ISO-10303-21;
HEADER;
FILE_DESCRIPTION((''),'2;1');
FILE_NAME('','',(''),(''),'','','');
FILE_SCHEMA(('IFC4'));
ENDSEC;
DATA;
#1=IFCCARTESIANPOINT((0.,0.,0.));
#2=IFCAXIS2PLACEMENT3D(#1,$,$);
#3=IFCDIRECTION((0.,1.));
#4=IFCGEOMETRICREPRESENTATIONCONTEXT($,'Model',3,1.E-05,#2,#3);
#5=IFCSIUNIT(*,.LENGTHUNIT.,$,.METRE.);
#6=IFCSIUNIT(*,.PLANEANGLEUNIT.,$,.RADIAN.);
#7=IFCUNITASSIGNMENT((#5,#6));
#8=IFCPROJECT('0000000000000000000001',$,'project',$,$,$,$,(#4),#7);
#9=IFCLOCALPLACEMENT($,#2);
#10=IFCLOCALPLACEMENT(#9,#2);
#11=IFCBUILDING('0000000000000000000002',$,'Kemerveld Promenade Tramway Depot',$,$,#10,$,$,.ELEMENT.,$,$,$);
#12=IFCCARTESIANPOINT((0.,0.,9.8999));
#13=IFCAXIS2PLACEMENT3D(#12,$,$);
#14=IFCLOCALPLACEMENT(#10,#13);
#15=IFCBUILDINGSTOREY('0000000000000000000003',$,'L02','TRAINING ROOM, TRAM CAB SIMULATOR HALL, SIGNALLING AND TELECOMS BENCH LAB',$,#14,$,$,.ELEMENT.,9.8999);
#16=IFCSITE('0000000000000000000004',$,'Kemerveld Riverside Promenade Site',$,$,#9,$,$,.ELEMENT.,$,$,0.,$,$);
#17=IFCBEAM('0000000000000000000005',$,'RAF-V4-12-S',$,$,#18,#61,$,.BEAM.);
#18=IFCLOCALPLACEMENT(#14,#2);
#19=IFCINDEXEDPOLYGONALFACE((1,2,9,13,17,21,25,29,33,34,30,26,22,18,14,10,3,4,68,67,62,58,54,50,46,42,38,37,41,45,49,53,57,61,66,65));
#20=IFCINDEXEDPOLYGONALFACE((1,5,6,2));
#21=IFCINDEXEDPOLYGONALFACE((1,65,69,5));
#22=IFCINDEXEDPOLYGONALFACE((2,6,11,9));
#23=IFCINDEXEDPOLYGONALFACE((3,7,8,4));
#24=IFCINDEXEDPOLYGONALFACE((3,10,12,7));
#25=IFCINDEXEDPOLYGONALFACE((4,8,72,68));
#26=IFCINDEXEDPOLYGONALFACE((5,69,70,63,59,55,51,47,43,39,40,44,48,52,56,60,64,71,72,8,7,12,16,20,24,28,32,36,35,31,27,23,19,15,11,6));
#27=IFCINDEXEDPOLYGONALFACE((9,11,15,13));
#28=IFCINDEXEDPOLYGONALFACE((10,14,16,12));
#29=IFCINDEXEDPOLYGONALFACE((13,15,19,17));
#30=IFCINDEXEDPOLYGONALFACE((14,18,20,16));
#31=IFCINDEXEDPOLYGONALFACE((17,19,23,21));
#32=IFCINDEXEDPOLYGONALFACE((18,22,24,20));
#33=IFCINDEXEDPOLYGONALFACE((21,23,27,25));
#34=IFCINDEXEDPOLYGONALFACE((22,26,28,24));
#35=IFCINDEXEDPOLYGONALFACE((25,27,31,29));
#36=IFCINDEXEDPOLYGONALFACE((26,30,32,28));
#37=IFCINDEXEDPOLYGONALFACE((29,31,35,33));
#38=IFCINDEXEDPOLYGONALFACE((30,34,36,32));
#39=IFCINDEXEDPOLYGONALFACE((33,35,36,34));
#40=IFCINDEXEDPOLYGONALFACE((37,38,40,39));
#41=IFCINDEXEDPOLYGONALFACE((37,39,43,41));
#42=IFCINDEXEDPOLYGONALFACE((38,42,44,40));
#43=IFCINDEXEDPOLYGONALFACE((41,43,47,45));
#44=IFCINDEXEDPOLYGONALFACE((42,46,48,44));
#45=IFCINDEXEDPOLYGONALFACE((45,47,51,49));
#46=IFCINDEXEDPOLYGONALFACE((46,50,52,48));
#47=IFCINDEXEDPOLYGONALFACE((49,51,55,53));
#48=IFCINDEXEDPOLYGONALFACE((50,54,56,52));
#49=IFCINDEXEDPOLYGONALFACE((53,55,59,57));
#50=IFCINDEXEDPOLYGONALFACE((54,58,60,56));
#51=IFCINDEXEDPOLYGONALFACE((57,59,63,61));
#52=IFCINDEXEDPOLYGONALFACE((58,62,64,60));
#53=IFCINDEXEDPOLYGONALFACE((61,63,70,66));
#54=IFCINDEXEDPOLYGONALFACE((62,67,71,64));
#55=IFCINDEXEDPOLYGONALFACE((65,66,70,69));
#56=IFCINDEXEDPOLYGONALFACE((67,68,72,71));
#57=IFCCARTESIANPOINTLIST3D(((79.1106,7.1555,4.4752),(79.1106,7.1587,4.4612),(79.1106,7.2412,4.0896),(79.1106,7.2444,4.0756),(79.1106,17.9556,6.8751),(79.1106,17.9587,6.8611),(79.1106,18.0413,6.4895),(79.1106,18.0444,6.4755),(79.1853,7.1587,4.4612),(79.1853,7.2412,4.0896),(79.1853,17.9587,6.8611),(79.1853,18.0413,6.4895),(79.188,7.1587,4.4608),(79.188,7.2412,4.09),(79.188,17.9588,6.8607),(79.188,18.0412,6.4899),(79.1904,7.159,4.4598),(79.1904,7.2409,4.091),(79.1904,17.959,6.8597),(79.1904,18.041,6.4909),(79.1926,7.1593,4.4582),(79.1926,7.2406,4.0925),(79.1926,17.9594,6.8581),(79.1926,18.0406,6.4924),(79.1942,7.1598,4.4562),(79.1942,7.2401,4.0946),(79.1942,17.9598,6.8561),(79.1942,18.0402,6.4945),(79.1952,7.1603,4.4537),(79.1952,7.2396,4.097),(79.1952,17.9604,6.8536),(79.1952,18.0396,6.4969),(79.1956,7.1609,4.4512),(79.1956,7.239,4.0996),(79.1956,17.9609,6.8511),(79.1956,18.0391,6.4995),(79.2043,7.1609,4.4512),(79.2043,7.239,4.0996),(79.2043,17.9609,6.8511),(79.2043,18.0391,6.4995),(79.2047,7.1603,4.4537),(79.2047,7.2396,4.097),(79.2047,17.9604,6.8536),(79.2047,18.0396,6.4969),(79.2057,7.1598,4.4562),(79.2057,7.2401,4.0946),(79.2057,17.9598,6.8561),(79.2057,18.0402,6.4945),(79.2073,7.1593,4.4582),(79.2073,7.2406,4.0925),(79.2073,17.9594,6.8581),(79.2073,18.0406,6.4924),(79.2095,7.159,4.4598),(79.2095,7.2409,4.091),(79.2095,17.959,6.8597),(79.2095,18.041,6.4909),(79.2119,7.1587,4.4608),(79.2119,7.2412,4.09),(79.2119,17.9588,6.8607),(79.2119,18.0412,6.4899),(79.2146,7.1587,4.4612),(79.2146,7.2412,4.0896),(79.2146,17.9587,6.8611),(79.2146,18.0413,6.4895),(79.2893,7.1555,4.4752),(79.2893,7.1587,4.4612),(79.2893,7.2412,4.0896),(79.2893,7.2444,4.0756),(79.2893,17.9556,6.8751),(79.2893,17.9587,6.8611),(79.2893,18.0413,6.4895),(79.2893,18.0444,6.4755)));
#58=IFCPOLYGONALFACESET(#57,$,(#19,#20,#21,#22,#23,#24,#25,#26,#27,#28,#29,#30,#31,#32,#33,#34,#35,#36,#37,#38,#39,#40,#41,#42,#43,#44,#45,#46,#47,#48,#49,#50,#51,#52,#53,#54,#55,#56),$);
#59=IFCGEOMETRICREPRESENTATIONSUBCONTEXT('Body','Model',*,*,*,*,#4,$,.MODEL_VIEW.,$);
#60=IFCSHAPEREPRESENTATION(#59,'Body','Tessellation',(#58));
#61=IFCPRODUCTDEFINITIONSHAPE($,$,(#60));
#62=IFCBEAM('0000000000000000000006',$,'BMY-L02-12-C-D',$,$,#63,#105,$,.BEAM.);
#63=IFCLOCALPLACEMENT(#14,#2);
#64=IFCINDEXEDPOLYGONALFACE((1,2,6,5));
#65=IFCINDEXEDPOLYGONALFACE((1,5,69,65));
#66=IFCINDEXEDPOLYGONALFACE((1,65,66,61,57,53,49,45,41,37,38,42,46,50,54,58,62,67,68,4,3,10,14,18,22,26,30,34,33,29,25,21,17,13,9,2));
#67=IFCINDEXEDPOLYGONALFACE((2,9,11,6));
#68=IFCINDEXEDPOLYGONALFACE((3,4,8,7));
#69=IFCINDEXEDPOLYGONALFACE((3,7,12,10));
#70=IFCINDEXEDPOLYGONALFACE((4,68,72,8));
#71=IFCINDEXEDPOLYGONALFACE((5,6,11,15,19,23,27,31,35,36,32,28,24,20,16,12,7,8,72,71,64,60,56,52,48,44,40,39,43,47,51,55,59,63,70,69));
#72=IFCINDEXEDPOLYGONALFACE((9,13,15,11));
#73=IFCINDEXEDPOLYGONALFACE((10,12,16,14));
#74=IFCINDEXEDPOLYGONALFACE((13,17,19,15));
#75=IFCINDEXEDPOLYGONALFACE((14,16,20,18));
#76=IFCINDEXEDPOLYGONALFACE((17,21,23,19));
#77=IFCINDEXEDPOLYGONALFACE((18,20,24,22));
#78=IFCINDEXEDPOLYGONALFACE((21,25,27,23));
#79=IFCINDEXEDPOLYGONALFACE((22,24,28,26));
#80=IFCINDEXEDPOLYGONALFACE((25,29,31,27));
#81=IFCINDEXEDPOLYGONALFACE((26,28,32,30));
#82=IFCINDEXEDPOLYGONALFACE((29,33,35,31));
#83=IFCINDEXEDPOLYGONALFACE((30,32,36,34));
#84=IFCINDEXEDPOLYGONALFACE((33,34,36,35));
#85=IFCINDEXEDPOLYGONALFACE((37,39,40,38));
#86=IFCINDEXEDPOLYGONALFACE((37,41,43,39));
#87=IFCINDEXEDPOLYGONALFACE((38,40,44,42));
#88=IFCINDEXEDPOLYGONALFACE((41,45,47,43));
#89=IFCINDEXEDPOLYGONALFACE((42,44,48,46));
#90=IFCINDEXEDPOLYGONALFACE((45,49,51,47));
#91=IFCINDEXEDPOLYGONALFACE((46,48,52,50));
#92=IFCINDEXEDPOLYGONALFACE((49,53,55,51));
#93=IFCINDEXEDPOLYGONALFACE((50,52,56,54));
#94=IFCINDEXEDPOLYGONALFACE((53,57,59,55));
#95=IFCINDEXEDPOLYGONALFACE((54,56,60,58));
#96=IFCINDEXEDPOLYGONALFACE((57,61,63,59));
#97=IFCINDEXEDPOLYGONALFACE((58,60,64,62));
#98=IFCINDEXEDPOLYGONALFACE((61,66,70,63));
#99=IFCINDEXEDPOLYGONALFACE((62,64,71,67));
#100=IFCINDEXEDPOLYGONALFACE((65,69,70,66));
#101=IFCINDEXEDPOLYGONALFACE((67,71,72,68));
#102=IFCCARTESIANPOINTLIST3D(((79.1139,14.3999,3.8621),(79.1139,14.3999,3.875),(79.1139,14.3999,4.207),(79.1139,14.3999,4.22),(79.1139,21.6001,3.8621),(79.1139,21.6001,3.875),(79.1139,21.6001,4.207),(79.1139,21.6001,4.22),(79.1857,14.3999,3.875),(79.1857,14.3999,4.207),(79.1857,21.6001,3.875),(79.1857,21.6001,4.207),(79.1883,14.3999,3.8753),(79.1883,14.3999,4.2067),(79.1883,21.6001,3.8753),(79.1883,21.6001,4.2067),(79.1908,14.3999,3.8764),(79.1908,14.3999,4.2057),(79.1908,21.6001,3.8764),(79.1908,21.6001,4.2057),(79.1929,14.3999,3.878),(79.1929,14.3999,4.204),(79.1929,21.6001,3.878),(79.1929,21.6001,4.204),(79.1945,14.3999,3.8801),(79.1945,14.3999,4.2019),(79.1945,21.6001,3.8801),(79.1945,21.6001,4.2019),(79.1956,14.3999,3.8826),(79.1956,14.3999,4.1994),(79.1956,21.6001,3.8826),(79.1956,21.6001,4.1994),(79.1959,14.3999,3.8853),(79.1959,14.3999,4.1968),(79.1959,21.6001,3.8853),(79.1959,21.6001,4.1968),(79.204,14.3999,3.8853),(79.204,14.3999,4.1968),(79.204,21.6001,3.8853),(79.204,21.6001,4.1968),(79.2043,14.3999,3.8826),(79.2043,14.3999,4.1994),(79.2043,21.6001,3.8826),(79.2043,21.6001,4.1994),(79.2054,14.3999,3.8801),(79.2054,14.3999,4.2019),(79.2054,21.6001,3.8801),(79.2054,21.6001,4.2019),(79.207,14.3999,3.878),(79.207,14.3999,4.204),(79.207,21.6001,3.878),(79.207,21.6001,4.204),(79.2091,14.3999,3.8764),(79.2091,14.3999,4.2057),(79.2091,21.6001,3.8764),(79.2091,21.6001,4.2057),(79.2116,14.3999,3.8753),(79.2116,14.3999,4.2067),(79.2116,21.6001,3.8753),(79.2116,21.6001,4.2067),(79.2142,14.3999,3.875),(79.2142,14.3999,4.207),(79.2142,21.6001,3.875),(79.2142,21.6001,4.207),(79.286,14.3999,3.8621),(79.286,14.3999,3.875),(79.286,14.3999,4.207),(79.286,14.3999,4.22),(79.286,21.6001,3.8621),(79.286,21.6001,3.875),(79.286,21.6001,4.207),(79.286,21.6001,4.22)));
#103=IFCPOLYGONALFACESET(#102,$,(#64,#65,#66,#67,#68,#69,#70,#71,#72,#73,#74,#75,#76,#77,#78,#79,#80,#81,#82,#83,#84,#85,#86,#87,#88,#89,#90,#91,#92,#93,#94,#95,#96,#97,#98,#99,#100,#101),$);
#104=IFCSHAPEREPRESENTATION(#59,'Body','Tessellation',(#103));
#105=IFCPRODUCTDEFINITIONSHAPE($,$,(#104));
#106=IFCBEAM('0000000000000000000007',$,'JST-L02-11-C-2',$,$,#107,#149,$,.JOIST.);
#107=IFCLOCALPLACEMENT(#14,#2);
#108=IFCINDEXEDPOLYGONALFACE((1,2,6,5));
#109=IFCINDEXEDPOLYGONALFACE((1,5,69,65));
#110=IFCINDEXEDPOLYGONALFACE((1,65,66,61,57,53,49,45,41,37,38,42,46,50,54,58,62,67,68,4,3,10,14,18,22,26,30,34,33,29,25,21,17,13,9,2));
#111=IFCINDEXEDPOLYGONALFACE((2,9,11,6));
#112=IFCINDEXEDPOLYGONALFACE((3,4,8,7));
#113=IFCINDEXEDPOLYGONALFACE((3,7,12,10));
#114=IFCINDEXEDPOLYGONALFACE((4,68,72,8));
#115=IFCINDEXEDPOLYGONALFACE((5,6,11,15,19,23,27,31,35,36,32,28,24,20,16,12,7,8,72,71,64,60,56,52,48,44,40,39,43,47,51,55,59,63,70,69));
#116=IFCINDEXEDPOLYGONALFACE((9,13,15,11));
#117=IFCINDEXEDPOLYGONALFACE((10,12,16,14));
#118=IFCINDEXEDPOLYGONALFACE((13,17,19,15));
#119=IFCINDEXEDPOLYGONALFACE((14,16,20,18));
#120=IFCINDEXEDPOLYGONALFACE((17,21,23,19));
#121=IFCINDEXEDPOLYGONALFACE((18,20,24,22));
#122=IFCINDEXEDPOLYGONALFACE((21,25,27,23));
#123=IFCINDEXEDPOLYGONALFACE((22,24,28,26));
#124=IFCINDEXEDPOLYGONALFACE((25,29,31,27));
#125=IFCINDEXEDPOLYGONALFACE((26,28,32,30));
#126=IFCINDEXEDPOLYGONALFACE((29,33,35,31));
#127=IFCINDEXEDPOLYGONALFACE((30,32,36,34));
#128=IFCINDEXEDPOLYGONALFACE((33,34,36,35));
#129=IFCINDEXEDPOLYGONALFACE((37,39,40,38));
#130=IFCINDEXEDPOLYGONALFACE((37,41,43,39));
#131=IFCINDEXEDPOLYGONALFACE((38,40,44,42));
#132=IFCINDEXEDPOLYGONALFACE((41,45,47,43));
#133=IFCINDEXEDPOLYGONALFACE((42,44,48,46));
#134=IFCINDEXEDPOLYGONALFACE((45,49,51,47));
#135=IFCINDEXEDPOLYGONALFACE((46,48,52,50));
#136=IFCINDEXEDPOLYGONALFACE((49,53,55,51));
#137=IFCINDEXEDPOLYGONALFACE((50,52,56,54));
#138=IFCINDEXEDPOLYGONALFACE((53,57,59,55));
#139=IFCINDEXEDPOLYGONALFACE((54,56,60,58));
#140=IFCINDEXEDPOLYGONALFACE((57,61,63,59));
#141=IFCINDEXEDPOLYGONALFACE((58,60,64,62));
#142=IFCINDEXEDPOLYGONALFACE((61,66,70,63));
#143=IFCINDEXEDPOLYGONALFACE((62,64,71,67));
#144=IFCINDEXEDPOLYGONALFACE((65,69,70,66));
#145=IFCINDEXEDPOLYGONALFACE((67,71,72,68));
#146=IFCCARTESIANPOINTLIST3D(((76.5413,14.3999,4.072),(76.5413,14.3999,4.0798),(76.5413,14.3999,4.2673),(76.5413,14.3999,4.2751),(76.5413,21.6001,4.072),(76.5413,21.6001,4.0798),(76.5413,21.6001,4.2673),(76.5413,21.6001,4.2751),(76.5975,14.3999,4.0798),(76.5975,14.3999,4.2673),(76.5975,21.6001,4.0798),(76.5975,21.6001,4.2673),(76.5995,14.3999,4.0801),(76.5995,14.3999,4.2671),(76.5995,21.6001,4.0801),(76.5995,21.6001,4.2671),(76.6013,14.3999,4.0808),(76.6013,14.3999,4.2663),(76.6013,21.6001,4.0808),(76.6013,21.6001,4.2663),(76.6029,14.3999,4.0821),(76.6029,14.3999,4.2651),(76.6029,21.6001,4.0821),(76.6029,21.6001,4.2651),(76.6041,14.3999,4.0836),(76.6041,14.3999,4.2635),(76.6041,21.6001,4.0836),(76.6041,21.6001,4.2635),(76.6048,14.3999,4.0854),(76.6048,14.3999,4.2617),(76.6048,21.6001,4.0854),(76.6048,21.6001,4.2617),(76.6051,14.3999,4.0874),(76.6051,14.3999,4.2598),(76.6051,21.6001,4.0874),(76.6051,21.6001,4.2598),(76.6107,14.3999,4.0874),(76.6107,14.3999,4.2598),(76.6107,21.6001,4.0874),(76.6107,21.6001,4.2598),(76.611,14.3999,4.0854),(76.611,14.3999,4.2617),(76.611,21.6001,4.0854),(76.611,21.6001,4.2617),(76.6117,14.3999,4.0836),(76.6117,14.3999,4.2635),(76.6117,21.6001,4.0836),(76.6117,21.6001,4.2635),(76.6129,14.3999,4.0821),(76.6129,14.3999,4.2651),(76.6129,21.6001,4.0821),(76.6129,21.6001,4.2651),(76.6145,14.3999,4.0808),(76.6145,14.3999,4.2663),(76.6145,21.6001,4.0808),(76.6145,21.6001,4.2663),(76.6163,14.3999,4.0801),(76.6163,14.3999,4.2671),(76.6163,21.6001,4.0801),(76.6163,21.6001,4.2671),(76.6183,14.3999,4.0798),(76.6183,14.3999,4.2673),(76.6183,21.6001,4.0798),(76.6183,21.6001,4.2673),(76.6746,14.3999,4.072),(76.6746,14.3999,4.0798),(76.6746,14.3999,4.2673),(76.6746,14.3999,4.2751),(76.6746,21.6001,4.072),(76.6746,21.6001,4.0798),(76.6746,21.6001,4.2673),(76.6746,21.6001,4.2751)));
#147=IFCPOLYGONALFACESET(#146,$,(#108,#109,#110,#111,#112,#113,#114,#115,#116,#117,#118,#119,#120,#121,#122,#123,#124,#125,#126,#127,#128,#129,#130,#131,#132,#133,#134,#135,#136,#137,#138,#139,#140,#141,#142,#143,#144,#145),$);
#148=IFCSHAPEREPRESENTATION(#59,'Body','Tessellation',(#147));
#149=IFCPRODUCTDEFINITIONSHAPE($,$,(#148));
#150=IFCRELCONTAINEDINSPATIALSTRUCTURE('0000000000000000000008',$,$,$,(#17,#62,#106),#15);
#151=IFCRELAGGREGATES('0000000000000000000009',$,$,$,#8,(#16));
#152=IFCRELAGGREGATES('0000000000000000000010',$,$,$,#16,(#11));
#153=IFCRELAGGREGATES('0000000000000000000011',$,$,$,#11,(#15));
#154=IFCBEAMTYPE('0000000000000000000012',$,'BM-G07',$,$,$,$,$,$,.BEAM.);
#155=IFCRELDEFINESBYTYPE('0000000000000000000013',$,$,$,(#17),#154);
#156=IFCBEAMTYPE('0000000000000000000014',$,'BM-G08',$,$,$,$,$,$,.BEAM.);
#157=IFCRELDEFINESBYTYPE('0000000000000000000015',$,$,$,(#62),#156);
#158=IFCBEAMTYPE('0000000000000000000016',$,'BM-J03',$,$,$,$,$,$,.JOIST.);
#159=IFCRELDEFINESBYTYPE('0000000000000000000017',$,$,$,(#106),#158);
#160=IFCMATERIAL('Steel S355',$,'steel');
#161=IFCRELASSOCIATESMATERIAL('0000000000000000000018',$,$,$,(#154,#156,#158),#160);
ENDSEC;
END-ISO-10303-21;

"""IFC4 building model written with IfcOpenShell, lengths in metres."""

from ifc_helpers import new_model, si_unit, direction, frame, origin, origin_2d, place, context, subcontext, project, spatial, i_section, extrude, material, material_profile, profile_set, type_object, element, save


model = new_model("IFC4")

# Units and contexts
model_context = context("Model", 3, precision=1e-05, world=origin(), true_north=direction((0.0, 1.0)))
body_context = subcontext(model_context, "Body", "Model", "MODEL_VIEW")
ifc_project = project(units=[si_unit("LENGTHUNIT", "METRE"), si_unit("PLANEANGLEUNIT", "RADIAN")], contexts=[model_context])

# Site, building, storey
site_placement = place(None, origin())
site = spatial("IfcSite", under=ifc_project, at=site_placement, Name="Kemerveld Riverside Promenade Site", CompositionType="ELEMENT", RefElevation=0.0)
building_placement = place(site_placement, origin())
building = spatial("IfcBuilding", under=site, at=building_placement, Name="Kemerveld Promenade Tramway Depot", CompositionType="ELEMENT")
storey_placement = place(building_placement, frame((0.0, 0.0, 9.8999)))
storey = spatial("IfcBuildingStorey", under=building, at=storey_placement, Name="L02", Description="TRAINING ROOM, TRAM CAB SIMULATOR HALL, SIGNALLING AND TELECOMS BENCH LAB", CompositionType="ELEMENT", Elevation=9.8999)

# Shared definitions
ifc_material_1 = material(Name="Steel S355", Category="steel")

# Beams
ifc_material_profile_1 = material_profile(ifc_material_1, i_section(OverallWidth=0.1787, OverallDepth=0.4094, WebThickness=0.0088, FlangeThickness=0.0144, FilletRadius=0.0103, at=origin_2d()), Name="406x178x67 UB")
ifc_profile_set_1 = profile_set([ifc_material_profile_1], Name="Steel S355")
beam_type_1 = type_object("IfcBeamType", Name="BM-G07", PredefinedType="BEAM", material=ifc_profile_set_1)
beam_1_placement = place(storey_placement, frame((79.2, 7.2, 4.2754), z_axis=(0.0, 0.976189, 0.216921), x_axis=(-1.0, 0.0, 0.0)))
element("IfcBeam", 1, at=beam_1_placement, inside=storey, type_object=beam_type_1, Name="RAF-V4-12-S", PredefinedType="BEAM", context=body_context, shape_type="SweptSolid", body=[
    extrude(i_section(OverallWidth=0.1787, OverallDepth=0.4094, WebThickness=0.0088, FlangeThickness=0.0144, FilletRadius=0.0103, at=origin_2d()), origin(), (0.0, 0.0, 1.0), 11.0635),
])
ifc_material_profile_2 = material_profile(ifc_material_1, i_section(OverallWidth=0.1721, OverallDepth=0.3579, WebThickness=0.0081, FlangeThickness=0.0129, FilletRadius=0.0103, at=origin_2d()), Name="356x171x57 UB")
ifc_profile_set_2 = profile_set([ifc_material_profile_2], Name="Steel S355")
beam_type_2 = type_object("IfcBeamType", Name="BM-G08", PredefinedType="BEAM", material=ifc_profile_set_2)
beam_2_placement = place(storey_placement, frame((79.2, 14.3999, 4.041), z_axis=(0.0, 1.0, 0.0), x_axis=(-1.0, 0.0, 0.0)))
element("IfcBeam", 2, at=beam_2_placement, inside=storey, type_object=beam_type_2, Name="BMY-L02-12-C-D", PredefinedType="BEAM", context=body_context, shape_type="SweptSolid", body=[
    extrude(i_section(OverallWidth=0.1721, OverallDepth=0.3579, WebThickness=0.0081, FlangeThickness=0.0129, FilletRadius=0.0103, at=origin_2d()), origin(), (0.0, 0.0, 1.0), 7.2002),
])
ifc_material_profile_3 = material_profile(ifc_material_1, i_section(OverallWidth=0.1333, OverallDepth=0.2031, WebThickness=0.0056, FlangeThickness=0.0078, FilletRadius=0.0076, at=origin_2d()), Name="203x133x25 UB")
ifc_profile_set_3 = profile_set([ifc_material_profile_3], Name="Steel S355")
beam_type_3 = type_object("IfcBeamType", Name="BM-J03", PredefinedType="JOIST", material=ifc_profile_set_3)
beam_3_placement = place(storey_placement, frame((76.6079, 14.3999, 4.1736), z_axis=(0.0, 1.0, 0.0), x_axis=(-1.0, 0.0, 0.0)))
element("IfcBeam", 3, at=beam_3_placement, inside=storey, type_object=beam_type_3, Name="JST-L02-11-C-2", PredefinedType="JOIST", context=body_context, shape_type="SweptSolid", body=[
    extrude(i_section(OverallWidth=0.1333, OverallDepth=0.2031, WebThickness=0.0056, FlangeThickness=0.0078, FilletRadius=0.0076, at=origin_2d()), origin(), (0.0, 0.0, 1.0), 7.2002),
])

save(model, "model.ifc")
